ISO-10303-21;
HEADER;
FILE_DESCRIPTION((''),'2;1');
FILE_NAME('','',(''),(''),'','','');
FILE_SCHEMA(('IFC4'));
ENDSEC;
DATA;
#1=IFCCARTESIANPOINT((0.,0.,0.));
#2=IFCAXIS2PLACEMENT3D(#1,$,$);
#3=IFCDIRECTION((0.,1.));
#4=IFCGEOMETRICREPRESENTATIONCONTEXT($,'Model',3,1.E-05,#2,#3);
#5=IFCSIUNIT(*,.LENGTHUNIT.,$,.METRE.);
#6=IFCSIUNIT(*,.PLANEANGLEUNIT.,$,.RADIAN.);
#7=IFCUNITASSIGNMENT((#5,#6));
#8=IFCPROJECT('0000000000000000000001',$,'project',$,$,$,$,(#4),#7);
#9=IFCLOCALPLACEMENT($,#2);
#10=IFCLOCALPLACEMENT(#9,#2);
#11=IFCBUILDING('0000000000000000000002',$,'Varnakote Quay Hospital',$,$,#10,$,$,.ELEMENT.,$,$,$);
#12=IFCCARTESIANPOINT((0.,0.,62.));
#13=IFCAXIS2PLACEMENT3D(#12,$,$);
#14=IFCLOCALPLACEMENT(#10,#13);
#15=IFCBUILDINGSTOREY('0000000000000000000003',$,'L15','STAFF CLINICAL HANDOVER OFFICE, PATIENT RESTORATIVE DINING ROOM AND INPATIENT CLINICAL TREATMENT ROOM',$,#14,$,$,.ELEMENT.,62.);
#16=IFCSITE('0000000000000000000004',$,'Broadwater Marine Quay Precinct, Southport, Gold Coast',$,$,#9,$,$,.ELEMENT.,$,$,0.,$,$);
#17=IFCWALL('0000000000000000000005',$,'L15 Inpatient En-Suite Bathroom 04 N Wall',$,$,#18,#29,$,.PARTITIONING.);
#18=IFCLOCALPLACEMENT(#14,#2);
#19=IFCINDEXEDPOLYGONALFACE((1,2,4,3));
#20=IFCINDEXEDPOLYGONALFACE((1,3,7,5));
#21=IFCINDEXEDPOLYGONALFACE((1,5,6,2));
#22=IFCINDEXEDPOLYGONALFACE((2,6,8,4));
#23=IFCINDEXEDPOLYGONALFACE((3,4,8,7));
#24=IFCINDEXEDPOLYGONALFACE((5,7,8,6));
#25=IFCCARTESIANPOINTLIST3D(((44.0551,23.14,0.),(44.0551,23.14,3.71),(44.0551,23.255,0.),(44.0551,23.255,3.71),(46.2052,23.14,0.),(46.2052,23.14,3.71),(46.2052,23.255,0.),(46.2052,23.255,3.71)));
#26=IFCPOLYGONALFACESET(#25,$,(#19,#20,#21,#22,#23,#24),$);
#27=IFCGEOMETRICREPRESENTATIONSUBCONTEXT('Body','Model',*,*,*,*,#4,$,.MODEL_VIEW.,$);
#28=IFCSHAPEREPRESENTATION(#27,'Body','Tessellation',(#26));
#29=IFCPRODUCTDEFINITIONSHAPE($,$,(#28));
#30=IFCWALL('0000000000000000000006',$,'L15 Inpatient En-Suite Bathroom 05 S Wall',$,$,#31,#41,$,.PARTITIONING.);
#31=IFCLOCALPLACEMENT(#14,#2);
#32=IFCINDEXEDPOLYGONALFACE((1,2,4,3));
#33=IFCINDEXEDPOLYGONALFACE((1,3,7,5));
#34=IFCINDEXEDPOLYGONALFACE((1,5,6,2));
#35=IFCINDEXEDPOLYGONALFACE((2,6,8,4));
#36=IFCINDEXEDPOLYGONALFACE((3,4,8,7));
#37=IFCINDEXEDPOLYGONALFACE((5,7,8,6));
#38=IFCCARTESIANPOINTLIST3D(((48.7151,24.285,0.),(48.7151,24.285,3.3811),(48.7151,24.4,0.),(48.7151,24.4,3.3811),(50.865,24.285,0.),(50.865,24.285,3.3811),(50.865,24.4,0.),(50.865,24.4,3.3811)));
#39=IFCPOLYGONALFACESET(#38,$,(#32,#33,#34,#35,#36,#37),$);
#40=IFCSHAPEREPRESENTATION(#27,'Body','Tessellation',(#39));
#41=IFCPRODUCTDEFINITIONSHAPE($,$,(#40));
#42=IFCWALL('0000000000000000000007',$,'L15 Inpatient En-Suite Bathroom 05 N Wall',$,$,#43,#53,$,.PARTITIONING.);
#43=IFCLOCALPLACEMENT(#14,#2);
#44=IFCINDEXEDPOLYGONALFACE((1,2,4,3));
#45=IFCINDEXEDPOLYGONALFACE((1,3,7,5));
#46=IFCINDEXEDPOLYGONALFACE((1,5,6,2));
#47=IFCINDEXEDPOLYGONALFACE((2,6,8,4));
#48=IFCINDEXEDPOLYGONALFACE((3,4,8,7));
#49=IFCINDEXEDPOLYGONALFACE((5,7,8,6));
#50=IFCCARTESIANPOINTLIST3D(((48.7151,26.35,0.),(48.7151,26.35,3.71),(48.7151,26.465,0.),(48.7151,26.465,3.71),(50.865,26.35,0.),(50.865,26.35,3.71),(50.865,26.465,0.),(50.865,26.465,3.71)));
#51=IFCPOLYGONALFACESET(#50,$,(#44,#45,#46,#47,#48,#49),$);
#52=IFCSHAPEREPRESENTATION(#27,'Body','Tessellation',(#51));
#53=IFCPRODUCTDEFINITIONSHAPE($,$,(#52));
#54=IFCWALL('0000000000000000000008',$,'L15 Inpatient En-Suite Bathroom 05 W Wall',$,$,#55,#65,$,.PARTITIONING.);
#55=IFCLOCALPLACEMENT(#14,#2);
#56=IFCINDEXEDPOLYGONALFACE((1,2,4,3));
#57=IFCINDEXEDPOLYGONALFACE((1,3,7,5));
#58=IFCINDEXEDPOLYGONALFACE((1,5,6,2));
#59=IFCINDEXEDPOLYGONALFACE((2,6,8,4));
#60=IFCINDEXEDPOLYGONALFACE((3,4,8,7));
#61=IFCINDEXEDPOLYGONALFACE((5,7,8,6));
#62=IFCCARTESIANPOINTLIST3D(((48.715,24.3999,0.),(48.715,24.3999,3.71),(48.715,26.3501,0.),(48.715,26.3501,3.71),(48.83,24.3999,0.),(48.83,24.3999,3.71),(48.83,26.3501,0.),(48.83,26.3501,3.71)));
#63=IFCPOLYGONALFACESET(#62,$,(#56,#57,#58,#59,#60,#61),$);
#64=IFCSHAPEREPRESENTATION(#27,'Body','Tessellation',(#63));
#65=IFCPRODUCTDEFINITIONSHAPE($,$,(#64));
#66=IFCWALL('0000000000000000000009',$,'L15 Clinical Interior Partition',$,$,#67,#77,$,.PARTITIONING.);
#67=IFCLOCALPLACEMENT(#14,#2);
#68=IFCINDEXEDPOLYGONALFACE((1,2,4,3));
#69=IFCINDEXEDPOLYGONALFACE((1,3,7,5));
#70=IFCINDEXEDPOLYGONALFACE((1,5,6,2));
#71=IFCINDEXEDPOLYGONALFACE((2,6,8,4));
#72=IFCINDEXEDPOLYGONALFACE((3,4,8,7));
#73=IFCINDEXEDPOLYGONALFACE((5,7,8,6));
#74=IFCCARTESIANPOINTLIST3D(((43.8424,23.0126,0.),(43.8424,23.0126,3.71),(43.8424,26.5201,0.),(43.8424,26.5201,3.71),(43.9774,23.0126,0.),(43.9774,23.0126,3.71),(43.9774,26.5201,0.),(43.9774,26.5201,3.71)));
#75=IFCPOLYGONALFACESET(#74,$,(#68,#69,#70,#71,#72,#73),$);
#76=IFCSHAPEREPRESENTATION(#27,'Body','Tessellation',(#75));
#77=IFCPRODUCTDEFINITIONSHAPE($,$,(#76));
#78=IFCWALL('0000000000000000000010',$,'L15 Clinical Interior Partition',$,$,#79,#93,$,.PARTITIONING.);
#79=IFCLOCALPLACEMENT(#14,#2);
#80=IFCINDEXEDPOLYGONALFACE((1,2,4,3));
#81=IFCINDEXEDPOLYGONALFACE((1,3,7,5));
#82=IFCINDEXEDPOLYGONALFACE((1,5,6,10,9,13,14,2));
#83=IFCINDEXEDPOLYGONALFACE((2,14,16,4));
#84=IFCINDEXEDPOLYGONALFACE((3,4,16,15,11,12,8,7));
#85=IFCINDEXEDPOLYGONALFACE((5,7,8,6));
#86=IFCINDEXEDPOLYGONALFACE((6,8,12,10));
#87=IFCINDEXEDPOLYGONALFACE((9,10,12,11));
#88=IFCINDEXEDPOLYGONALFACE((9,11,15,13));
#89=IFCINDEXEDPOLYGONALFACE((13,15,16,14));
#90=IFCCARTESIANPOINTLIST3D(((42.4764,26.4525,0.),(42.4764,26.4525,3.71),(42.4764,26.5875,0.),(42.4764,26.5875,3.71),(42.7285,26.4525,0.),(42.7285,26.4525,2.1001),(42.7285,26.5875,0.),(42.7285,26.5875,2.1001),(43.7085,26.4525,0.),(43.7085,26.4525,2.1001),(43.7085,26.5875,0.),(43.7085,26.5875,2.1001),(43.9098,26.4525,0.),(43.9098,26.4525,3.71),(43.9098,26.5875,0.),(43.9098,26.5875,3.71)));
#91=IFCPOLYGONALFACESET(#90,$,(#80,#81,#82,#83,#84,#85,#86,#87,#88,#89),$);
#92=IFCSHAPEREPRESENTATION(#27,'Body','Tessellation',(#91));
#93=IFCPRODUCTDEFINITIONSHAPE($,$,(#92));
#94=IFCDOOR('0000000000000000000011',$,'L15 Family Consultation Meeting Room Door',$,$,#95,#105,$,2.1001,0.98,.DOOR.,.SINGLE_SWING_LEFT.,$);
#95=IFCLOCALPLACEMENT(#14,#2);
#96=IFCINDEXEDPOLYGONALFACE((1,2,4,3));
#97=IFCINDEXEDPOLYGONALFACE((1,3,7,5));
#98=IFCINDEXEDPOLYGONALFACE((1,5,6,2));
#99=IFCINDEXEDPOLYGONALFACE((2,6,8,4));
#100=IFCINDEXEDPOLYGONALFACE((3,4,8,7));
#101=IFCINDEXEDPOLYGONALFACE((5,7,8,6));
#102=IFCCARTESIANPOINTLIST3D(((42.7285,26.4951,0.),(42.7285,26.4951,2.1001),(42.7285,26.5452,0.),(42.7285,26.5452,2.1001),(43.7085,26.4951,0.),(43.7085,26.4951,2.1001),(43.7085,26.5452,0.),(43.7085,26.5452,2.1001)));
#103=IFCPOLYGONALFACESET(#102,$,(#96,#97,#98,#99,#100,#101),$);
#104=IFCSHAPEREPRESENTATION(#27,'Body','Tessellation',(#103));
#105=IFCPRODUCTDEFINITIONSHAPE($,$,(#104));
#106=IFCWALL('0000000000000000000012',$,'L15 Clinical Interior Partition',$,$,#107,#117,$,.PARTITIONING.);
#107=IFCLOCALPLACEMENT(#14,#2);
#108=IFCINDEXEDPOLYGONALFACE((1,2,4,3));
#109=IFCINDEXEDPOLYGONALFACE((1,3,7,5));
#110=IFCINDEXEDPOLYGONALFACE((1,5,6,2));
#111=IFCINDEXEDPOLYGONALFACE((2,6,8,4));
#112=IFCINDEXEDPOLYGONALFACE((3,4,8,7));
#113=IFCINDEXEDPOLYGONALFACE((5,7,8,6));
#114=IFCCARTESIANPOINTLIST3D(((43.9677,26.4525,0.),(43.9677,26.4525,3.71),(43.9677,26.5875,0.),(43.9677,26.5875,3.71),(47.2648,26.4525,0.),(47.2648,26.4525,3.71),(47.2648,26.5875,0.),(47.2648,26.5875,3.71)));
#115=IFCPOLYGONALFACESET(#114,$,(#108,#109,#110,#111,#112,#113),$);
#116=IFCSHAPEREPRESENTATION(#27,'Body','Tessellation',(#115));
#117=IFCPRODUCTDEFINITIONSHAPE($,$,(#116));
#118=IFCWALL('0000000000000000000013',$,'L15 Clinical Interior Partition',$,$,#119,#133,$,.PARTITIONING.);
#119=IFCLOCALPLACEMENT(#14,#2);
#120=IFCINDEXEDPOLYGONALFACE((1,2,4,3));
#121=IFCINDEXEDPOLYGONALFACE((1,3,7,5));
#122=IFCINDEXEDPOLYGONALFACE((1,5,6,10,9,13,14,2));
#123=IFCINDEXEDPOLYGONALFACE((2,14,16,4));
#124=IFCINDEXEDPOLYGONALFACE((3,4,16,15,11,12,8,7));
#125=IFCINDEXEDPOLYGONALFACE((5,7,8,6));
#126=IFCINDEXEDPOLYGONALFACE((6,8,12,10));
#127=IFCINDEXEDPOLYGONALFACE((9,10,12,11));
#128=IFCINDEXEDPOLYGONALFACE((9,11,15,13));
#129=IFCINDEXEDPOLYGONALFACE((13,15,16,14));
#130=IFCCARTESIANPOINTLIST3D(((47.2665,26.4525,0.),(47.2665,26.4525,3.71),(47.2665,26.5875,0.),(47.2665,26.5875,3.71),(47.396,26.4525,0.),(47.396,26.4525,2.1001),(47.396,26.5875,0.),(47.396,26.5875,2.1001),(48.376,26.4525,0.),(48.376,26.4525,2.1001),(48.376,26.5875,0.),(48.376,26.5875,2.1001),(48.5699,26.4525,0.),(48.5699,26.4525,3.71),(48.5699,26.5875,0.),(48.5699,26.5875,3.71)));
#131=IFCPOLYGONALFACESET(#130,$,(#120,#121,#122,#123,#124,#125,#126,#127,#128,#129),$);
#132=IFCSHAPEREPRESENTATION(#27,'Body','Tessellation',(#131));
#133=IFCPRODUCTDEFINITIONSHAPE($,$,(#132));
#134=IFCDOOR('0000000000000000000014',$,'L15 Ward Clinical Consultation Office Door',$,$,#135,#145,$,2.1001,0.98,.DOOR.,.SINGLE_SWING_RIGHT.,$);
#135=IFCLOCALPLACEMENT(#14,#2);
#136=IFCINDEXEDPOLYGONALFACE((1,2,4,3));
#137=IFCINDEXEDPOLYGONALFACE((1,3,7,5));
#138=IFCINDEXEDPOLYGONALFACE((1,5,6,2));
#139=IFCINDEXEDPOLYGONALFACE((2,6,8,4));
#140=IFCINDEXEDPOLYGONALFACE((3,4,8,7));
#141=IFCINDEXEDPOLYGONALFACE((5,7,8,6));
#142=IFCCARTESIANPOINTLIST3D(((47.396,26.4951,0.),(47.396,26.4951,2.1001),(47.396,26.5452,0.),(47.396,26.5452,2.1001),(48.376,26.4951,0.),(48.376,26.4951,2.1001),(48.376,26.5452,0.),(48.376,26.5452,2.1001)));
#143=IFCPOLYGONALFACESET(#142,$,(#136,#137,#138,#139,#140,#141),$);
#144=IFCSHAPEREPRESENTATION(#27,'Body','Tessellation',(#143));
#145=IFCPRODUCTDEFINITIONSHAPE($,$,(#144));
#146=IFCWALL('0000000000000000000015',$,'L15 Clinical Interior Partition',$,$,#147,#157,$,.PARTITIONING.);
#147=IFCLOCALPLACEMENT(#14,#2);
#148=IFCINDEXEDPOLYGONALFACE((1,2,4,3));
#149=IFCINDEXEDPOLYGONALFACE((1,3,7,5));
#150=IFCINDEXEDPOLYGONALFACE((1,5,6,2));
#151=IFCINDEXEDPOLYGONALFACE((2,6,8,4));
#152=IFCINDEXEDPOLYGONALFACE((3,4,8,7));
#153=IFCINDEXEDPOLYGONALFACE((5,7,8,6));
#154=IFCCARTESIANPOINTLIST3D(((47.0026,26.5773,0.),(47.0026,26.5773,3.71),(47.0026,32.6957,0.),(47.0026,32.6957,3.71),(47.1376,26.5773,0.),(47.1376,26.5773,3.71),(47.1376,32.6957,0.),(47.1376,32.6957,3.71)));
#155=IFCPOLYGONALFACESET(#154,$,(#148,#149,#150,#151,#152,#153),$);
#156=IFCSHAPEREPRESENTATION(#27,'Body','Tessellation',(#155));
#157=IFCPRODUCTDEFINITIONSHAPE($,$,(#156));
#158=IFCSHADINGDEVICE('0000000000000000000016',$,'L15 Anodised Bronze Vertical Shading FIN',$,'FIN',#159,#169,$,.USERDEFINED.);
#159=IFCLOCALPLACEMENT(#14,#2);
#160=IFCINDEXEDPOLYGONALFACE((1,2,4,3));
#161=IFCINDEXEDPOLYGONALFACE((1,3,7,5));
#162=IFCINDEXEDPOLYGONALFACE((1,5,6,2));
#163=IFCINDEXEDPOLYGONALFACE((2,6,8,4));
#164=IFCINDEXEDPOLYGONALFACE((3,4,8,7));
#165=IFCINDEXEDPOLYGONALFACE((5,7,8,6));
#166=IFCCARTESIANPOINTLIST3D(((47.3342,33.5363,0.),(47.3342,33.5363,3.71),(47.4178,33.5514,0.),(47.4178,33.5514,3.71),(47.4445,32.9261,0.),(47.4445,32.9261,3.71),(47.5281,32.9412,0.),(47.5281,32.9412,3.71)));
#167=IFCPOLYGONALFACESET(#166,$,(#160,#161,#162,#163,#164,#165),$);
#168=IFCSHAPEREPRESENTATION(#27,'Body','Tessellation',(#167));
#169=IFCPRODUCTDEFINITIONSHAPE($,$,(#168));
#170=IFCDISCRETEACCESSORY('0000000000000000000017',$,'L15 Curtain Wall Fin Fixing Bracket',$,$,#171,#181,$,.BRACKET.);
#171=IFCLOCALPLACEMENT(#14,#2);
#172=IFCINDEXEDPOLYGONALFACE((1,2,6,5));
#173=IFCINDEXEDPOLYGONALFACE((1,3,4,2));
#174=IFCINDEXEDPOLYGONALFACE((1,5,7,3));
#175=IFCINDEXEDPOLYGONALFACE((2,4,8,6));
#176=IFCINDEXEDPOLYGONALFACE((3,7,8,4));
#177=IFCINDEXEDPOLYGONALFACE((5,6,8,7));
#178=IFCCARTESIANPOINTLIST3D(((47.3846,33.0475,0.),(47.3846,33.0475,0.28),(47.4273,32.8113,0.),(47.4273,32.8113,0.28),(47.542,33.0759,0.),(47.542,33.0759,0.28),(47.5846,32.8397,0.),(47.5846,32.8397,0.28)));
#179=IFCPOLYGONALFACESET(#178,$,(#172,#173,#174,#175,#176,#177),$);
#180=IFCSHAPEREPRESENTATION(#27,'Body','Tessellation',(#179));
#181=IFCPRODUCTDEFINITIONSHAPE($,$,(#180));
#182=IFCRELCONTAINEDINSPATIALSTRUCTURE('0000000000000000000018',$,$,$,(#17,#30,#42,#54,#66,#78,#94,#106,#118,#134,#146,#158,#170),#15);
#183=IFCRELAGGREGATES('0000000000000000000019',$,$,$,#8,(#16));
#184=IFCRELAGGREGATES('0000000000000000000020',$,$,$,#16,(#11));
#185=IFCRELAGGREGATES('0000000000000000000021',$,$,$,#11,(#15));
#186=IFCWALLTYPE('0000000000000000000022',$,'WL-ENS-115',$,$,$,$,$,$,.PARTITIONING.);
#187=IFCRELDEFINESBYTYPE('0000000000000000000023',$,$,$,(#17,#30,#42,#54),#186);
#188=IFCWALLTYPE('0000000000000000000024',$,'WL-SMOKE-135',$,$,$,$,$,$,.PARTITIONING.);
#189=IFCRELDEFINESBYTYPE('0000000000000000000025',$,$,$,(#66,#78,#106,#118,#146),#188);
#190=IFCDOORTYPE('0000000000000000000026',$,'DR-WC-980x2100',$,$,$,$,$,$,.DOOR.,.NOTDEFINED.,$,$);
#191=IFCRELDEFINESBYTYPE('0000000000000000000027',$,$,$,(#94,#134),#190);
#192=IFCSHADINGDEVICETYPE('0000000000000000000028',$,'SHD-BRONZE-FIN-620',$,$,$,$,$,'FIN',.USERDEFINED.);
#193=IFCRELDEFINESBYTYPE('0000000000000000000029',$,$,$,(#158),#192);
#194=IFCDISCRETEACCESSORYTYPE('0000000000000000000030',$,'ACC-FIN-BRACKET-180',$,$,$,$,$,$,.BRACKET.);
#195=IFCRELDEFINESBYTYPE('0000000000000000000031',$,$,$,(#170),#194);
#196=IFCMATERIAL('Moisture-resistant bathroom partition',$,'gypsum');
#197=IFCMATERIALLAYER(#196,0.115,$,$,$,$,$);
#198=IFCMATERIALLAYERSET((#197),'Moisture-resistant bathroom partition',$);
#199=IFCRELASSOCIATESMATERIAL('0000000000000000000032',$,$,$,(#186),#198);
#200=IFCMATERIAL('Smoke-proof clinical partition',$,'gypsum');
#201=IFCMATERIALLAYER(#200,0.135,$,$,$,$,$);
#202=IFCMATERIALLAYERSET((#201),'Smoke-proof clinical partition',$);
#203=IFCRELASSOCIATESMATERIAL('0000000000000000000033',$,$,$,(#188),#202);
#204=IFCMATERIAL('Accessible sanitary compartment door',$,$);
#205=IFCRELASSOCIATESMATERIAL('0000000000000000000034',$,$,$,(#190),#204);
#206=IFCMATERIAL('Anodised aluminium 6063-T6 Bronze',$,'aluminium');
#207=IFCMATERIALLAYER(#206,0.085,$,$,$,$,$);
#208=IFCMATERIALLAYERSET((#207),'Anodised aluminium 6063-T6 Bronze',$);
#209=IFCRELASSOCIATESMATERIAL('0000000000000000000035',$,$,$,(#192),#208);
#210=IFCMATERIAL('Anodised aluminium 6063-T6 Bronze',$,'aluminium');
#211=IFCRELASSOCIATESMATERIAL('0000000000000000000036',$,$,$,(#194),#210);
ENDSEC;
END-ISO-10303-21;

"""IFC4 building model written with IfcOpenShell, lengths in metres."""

from ifc_helpers import new_model, si_unit, direction, frame, frame_2d, origin, origin_2d, place, context, subcontext, project, spatial, rectangle, extrude, material, layer, layer_set, type_object, element, fill, save


model = new_model("IFC4")

# Units and contexts
model_context = context("Model", 3, precision=1e-05, world=origin(), true_north=direction((0.0, 1.0)))
body_context = subcontext(model_context, "Body", "Model", "MODEL_VIEW")
ifc_project = project(units=[si_unit("LENGTHUNIT", "METRE"), si_unit("PLANEANGLEUNIT", "RADIAN")], contexts=[model_context])

# Site, building, storey
site_placement = place(None, origin())
site = spatial("IfcSite", under=ifc_project, at=site_placement, Name="Broadwater Marine Quay Precinct, Southport, Gold Coast", CompositionType="ELEMENT", RefElevation=0.0)
building_placement = place(site_placement, origin())
building = spatial("IfcBuilding", under=site, at=building_placement, Name="Varnakote Quay Hospital", CompositionType="ELEMENT")
storey_placement = place(building_placement, frame((0.0, 0.0, 62.0)))
storey = spatial("IfcBuildingStorey", under=building, at=storey_placement, Name="L15", Description="STAFF CLINICAL HANDOVER OFFICE, PATIENT RESTORATIVE DINING ROOM AND INPATIENT CLINICAL TREATMENT ROOM", CompositionType="ELEMENT", Elevation=62.0)

# Walls
ifc_material_1 = material(Name="Moisture-resistant bathroom partition", Category="gypsum")
ifc_layer_1 = layer(ifc_material_1, 0.115)
ifc_layer_set_1 = layer_set([ifc_layer_1], Name="Moisture-resistant bathroom partition")
wall_type_1 = type_object("IfcWallType", Name="WL-ENS-115", PredefinedType="PARTITIONING", material=ifc_layer_set_1)
wall_1_placement = place(storey_placement, frame((44.0549, 23.1975, 0.0), z_axis=(0.0, 0.0, 1.0), x_axis=(1.0, 0.0, 0.0)))
element("IfcWall", 1, at=wall_1_placement, inside=storey, type_object=wall_type_1, Name="L15 Inpatient En-Suite Bathroom 04 N Wall", PredefinedType="PARTITIONING", context=body_context, shape_type="SweptSolid", body=[
    extrude(rectangle(XDim=2.1501, YDim=0.115, at=frame_2d((1.0752, 0.0))), origin(), (0.0, 0.0, 1.0), 3.71),
])
wall_2_placement = place(storey_placement, frame((48.7151, 24.3425, 0.0), z_axis=(0.0, 0.0, 1.0), x_axis=(1.0, 0.0, 0.0)))
element("IfcWall", 2, at=wall_2_placement, inside=storey, type_object=wall_type_1, Name="L15 Inpatient En-Suite Bathroom 05 S Wall", PredefinedType="PARTITIONING", context=body_context, shape_type="SweptSolid", body=[
    extrude(rectangle(XDim=2.1499, YDim=0.115, at=frame_2d((1.075, 0.0))), origin(), (0.0, 0.0, 1.0), 3.3811),
])
wall_3_placement = place(storey_placement, frame((48.7151, 26.4075, 0.0), z_axis=(0.0, 0.0, 1.0), x_axis=(1.0, 0.0, 0.0)))
element("IfcWall", 3, at=wall_3_placement, inside=storey, type_object=wall_type_1, Name="L15 Inpatient En-Suite Bathroom 05 N Wall", PredefinedType="PARTITIONING", context=body_context, shape_type="SweptSolid", body=[
    extrude(rectangle(XDim=2.1499, YDim=0.115, at=frame_2d((1.075, 0.0))), origin(), (0.0, 0.0, 1.0), 3.71),
])
wall_4_placement = place(storey_placement, frame((48.7725, 24.3999, 0.0), z_axis=(0.0, 0.0, 1.0), x_axis=(0.0, 1.0, 0.0)))
element("IfcWall", 4, at=wall_4_placement, inside=storey, type_object=wall_type_1, Name="L15 Inpatient En-Suite Bathroom 05 W Wall", PredefinedType="PARTITIONING", context=body_context, shape_type="SweptSolid", body=[
    extrude(rectangle(XDim=1.9502, YDim=0.115, at=frame_2d((0.9751, 0.0))), origin(), (0.0, 0.0, 1.0), 3.71),
])
ifc_material_2 = material(Name="Smoke-proof clinical partition", Category="gypsum")
ifc_layer_2 = layer(ifc_material_2, 0.135)
ifc_layer_set_2 = layer_set([ifc_layer_2], Name="Smoke-proof clinical partition")
wall_type_2 = type_object("IfcWallType", Name="WL-SMOKE-135", PredefinedType="PARTITIONING", material=ifc_layer_set_2)
wall_5_placement = place(storey_placement, frame((43.9099, 23.0125, 0.0), z_axis=(0.0, 0.0, 1.0), x_axis=(0.0, 1.0, 0.0)))
element("IfcWall", 5, at=wall_5_placement, inside=storey, type_object=wall_type_2, Name="L15 Clinical Interior Partition", PredefinedType="PARTITIONING", context=body_context, shape_type="SweptSolid", body=[
    extrude(rectangle(XDim=3.5076, YDim=0.135, at=frame_2d((1.7539, 0.0))), origin(), (0.0, 0.0, 1.0), 3.71),
])

# Wall, opening, door
wall_6_placement = place(storey_placement, frame((43.9099, 26.52, 0.0), z_axis=(0.0, 0.0, 1.0), x_axis=(-1.0, 0.0, 0.0)))
wall_6 = element("IfcWall", 6, at=wall_6_placement, inside=storey, type_object=wall_type_2, Name="L15 Clinical Interior Partition", PredefinedType="PARTITIONING", context=body_context, shape_type="SweptSolid", body=[
    extrude(rectangle(XDim=1.4333, YDim=0.135, at=frame_2d((0.7168, 0.0))), origin(), (0.0, 0.0, 1.0), 3.71),
])
opening_1_placement = place(wall_6_placement, frame((0.2014, 0.0, 0.0)))
opening_1 = element("IfcOpeningElement", 7, at=opening_1_placement, cuts=wall_6, PredefinedType="OPENING", context=body_context, shape_type="SweptSolid", body=[
    extrude(rectangle(XDim=0.98, YDim=2.1001, at=frame_2d((0.49, 1.05))), frame((0.0, 0.0774, 0.0), z_axis=(0.0, -1.0, 0.0), x_axis=(1.0, 0.0, 0.0)), (0.0, 0.0, 1.0), 0.155),
])
ifc_material_3 = material(Name="Accessible sanitary compartment door")
door_type = type_object("IfcDoorType", Name="DR-WC-980x2100", OperationType="NOTDEFINED", PredefinedType="DOOR", material=ifc_material_3)
door_1_placement = place(opening_1_placement, origin())
door_1 = element("IfcDoor", 8, at=door_1_placement, inside=storey, type_object=door_type, Name="L15 Family Consultation Meeting Room Door", OperationType="SINGLE_SWING_LEFT", OverallHeight=2.1001, OverallWidth=0.98, PredefinedType="DOOR", context=body_context, shape_type="SweptSolid", body=[
    extrude(rectangle(XDim=0.98, YDim=2.1001, at=frame_2d((0.49, 1.05))), frame((0.0, 0.0249, 0.0), z_axis=(0.0, -1.0, 0.0), x_axis=(1.0, 0.0, 0.0)), (0.0, 0.0, 1.0), 0.05),
])
fill(opening_1, door_1)

# Wall
wall_7_placement = place(storey_placement, frame((47.2646, 26.52, 0.0), z_axis=(0.0, 0.0, 1.0), x_axis=(-1.0, 0.0, 0.0)))
element("IfcWall", 9, at=wall_7_placement, inside=storey, type_object=wall_type_2, Name="L15 Clinical Interior Partition", PredefinedType="PARTITIONING", context=body_context, shape_type="SweptSolid", body=[
    extrude(rectangle(XDim=3.2971, YDim=0.135, at=frame_2d((1.6484, 0.0))), origin(), (0.0, 0.0, 1.0), 3.71),
])

# Wall, opening, door
wall_8_placement = place(storey_placement, frame((48.5701, 26.52, 0.0), z_axis=(0.0, 0.0, 1.0), x_axis=(-1.0, 0.0, 0.0)))
wall_8 = element("IfcWall", 10, at=wall_8_placement, inside=storey, type_object=wall_type_2, Name="L15 Clinical Interior Partition", PredefinedType="PARTITIONING", context=body_context, shape_type="SweptSolid", body=[
    extrude(rectangle(XDim=1.3035, YDim=0.135, at=frame_2d((0.6519, 0.0))), origin(), (0.0, 0.0, 1.0), 3.71),
])
opening_2_placement = place(wall_8_placement, frame((0.1941, 0.0, 0.0)))
opening_2 = element("IfcOpeningElement", 11, at=opening_2_placement, cuts=wall_8, PredefinedType="OPENING", context=body_context, shape_type="SweptSolid", body=[
    extrude(rectangle(XDim=0.98, YDim=2.1001, at=frame_2d((0.49, 1.05))), frame((0.0, 0.0774, 0.0), z_axis=(0.0, -1.0, 0.0), x_axis=(1.0, 0.0, 0.0)), (0.0, 0.0, 1.0), 0.155),
])
door_2_placement = place(opening_2_placement, origin())
door_2 = element("IfcDoor", 12, at=door_2_placement, inside=storey, type_object=door_type, Name="L15 Ward Clinical Consultation Office Door", OperationType="SINGLE_SWING_RIGHT", OverallHeight=2.1001, OverallWidth=0.98, PredefinedType="DOOR", context=body_context, shape_type="SweptSolid", body=[
    extrude(rectangle(XDim=0.98, YDim=2.1001, at=frame_2d((0.49, 1.05))), frame((0.0, 0.0249, 0.0), z_axis=(0.0, -1.0, 0.0), x_axis=(1.0, 0.0, 0.0)), (0.0, 0.0, 1.0), 0.05),
])
fill(opening_2, door_2)

# Wall
wall_9_placement = place(storey_placement, frame((47.0701, 26.5774, 0.0), z_axis=(0.0, 0.0, 1.0), x_axis=(0.0, 1.0, 0.0)))
element("IfcWall", 13, at=wall_9_placement, inside=storey, type_object=wall_type_2, Name="L15 Clinical Interior Partition", PredefinedType="PARTITIONING", context=body_context, shape_type="SweptSolid", body=[
    extrude(rectangle(XDim=6.1184, YDim=0.135, at=frame_2d((3.0591, 0.0))), origin(), (0.0, 0.0, 1.0), 3.71),
])

# Shading device
ifc_material_4 = material(Name="Anodised aluminium 6063-T6 Bronze", Category="aluminium")
ifc_layer_3 = layer(ifc_material_4, 0.085)
ifc_layer_set_3 = layer_set([ifc_layer_3], Name="Anodised aluminium 6063-T6 Bronze")
shading_device_type = type_object("IfcShadingDeviceType", Name="SHD-BRONZE-FIN-620", ElementType="FIN", PredefinedType="USERDEFINED", material=ifc_layer_set_3)
shading_device_placement = place(storey_placement, frame((47.4312, 33.2388, 0.0), z_axis=(0.0, 0.0, 1.0), x_axis=(0.177772, -0.984072, 0.0)))
element("IfcShadingDevice", 14, at=shading_device_placement, inside=storey, type_object=shading_device_type, Name="L15 Anodised Bronze Vertical Shading FIN", ObjectType="FIN", PredefinedType="USERDEFINED", context=body_context, shape_type="SweptSolid", body=[
    extrude(rectangle(XDim=0.6201, YDim=0.085, at=origin_2d()), origin(), (0.0, 0.0, 1.0), 3.71),
])

# Discrete accessory
ifc_material_5 = material(Name="Anodised aluminium 6063-T6 Bronze", Category="aluminium")
discrete_accessory_type = type_object("IfcDiscreteAccessoryType", Name="ACC-FIN-BRACKET-180", PredefinedType="BRACKET", material=ifc_material_5)
for number, where, z_axis, x_axis, name in (
    (15, (47.4846, 32.9436, 0.0), (0.0, 0.0, 1.0), (-0.984072, -0.177772, 0.0), "L15 Curtain Wall Fin Fixing Bracket"),
):
    element("IfcDiscreteAccessory", number, at=place(storey_placement, frame(where, z_axis=z_axis, x_axis=x_axis)), inside=storey, type_object=discrete_accessory_type, Name=name, PredefinedType="BRACKET", context=body_context, shape_type="SweptSolid", body=[
        extrude(rectangle(XDim=0.1599, YDim=0.24, at=origin_2d()), origin(), (0.0, 0.0, 1.0), 0.28),
    ])

save(model, "model.ifc")
